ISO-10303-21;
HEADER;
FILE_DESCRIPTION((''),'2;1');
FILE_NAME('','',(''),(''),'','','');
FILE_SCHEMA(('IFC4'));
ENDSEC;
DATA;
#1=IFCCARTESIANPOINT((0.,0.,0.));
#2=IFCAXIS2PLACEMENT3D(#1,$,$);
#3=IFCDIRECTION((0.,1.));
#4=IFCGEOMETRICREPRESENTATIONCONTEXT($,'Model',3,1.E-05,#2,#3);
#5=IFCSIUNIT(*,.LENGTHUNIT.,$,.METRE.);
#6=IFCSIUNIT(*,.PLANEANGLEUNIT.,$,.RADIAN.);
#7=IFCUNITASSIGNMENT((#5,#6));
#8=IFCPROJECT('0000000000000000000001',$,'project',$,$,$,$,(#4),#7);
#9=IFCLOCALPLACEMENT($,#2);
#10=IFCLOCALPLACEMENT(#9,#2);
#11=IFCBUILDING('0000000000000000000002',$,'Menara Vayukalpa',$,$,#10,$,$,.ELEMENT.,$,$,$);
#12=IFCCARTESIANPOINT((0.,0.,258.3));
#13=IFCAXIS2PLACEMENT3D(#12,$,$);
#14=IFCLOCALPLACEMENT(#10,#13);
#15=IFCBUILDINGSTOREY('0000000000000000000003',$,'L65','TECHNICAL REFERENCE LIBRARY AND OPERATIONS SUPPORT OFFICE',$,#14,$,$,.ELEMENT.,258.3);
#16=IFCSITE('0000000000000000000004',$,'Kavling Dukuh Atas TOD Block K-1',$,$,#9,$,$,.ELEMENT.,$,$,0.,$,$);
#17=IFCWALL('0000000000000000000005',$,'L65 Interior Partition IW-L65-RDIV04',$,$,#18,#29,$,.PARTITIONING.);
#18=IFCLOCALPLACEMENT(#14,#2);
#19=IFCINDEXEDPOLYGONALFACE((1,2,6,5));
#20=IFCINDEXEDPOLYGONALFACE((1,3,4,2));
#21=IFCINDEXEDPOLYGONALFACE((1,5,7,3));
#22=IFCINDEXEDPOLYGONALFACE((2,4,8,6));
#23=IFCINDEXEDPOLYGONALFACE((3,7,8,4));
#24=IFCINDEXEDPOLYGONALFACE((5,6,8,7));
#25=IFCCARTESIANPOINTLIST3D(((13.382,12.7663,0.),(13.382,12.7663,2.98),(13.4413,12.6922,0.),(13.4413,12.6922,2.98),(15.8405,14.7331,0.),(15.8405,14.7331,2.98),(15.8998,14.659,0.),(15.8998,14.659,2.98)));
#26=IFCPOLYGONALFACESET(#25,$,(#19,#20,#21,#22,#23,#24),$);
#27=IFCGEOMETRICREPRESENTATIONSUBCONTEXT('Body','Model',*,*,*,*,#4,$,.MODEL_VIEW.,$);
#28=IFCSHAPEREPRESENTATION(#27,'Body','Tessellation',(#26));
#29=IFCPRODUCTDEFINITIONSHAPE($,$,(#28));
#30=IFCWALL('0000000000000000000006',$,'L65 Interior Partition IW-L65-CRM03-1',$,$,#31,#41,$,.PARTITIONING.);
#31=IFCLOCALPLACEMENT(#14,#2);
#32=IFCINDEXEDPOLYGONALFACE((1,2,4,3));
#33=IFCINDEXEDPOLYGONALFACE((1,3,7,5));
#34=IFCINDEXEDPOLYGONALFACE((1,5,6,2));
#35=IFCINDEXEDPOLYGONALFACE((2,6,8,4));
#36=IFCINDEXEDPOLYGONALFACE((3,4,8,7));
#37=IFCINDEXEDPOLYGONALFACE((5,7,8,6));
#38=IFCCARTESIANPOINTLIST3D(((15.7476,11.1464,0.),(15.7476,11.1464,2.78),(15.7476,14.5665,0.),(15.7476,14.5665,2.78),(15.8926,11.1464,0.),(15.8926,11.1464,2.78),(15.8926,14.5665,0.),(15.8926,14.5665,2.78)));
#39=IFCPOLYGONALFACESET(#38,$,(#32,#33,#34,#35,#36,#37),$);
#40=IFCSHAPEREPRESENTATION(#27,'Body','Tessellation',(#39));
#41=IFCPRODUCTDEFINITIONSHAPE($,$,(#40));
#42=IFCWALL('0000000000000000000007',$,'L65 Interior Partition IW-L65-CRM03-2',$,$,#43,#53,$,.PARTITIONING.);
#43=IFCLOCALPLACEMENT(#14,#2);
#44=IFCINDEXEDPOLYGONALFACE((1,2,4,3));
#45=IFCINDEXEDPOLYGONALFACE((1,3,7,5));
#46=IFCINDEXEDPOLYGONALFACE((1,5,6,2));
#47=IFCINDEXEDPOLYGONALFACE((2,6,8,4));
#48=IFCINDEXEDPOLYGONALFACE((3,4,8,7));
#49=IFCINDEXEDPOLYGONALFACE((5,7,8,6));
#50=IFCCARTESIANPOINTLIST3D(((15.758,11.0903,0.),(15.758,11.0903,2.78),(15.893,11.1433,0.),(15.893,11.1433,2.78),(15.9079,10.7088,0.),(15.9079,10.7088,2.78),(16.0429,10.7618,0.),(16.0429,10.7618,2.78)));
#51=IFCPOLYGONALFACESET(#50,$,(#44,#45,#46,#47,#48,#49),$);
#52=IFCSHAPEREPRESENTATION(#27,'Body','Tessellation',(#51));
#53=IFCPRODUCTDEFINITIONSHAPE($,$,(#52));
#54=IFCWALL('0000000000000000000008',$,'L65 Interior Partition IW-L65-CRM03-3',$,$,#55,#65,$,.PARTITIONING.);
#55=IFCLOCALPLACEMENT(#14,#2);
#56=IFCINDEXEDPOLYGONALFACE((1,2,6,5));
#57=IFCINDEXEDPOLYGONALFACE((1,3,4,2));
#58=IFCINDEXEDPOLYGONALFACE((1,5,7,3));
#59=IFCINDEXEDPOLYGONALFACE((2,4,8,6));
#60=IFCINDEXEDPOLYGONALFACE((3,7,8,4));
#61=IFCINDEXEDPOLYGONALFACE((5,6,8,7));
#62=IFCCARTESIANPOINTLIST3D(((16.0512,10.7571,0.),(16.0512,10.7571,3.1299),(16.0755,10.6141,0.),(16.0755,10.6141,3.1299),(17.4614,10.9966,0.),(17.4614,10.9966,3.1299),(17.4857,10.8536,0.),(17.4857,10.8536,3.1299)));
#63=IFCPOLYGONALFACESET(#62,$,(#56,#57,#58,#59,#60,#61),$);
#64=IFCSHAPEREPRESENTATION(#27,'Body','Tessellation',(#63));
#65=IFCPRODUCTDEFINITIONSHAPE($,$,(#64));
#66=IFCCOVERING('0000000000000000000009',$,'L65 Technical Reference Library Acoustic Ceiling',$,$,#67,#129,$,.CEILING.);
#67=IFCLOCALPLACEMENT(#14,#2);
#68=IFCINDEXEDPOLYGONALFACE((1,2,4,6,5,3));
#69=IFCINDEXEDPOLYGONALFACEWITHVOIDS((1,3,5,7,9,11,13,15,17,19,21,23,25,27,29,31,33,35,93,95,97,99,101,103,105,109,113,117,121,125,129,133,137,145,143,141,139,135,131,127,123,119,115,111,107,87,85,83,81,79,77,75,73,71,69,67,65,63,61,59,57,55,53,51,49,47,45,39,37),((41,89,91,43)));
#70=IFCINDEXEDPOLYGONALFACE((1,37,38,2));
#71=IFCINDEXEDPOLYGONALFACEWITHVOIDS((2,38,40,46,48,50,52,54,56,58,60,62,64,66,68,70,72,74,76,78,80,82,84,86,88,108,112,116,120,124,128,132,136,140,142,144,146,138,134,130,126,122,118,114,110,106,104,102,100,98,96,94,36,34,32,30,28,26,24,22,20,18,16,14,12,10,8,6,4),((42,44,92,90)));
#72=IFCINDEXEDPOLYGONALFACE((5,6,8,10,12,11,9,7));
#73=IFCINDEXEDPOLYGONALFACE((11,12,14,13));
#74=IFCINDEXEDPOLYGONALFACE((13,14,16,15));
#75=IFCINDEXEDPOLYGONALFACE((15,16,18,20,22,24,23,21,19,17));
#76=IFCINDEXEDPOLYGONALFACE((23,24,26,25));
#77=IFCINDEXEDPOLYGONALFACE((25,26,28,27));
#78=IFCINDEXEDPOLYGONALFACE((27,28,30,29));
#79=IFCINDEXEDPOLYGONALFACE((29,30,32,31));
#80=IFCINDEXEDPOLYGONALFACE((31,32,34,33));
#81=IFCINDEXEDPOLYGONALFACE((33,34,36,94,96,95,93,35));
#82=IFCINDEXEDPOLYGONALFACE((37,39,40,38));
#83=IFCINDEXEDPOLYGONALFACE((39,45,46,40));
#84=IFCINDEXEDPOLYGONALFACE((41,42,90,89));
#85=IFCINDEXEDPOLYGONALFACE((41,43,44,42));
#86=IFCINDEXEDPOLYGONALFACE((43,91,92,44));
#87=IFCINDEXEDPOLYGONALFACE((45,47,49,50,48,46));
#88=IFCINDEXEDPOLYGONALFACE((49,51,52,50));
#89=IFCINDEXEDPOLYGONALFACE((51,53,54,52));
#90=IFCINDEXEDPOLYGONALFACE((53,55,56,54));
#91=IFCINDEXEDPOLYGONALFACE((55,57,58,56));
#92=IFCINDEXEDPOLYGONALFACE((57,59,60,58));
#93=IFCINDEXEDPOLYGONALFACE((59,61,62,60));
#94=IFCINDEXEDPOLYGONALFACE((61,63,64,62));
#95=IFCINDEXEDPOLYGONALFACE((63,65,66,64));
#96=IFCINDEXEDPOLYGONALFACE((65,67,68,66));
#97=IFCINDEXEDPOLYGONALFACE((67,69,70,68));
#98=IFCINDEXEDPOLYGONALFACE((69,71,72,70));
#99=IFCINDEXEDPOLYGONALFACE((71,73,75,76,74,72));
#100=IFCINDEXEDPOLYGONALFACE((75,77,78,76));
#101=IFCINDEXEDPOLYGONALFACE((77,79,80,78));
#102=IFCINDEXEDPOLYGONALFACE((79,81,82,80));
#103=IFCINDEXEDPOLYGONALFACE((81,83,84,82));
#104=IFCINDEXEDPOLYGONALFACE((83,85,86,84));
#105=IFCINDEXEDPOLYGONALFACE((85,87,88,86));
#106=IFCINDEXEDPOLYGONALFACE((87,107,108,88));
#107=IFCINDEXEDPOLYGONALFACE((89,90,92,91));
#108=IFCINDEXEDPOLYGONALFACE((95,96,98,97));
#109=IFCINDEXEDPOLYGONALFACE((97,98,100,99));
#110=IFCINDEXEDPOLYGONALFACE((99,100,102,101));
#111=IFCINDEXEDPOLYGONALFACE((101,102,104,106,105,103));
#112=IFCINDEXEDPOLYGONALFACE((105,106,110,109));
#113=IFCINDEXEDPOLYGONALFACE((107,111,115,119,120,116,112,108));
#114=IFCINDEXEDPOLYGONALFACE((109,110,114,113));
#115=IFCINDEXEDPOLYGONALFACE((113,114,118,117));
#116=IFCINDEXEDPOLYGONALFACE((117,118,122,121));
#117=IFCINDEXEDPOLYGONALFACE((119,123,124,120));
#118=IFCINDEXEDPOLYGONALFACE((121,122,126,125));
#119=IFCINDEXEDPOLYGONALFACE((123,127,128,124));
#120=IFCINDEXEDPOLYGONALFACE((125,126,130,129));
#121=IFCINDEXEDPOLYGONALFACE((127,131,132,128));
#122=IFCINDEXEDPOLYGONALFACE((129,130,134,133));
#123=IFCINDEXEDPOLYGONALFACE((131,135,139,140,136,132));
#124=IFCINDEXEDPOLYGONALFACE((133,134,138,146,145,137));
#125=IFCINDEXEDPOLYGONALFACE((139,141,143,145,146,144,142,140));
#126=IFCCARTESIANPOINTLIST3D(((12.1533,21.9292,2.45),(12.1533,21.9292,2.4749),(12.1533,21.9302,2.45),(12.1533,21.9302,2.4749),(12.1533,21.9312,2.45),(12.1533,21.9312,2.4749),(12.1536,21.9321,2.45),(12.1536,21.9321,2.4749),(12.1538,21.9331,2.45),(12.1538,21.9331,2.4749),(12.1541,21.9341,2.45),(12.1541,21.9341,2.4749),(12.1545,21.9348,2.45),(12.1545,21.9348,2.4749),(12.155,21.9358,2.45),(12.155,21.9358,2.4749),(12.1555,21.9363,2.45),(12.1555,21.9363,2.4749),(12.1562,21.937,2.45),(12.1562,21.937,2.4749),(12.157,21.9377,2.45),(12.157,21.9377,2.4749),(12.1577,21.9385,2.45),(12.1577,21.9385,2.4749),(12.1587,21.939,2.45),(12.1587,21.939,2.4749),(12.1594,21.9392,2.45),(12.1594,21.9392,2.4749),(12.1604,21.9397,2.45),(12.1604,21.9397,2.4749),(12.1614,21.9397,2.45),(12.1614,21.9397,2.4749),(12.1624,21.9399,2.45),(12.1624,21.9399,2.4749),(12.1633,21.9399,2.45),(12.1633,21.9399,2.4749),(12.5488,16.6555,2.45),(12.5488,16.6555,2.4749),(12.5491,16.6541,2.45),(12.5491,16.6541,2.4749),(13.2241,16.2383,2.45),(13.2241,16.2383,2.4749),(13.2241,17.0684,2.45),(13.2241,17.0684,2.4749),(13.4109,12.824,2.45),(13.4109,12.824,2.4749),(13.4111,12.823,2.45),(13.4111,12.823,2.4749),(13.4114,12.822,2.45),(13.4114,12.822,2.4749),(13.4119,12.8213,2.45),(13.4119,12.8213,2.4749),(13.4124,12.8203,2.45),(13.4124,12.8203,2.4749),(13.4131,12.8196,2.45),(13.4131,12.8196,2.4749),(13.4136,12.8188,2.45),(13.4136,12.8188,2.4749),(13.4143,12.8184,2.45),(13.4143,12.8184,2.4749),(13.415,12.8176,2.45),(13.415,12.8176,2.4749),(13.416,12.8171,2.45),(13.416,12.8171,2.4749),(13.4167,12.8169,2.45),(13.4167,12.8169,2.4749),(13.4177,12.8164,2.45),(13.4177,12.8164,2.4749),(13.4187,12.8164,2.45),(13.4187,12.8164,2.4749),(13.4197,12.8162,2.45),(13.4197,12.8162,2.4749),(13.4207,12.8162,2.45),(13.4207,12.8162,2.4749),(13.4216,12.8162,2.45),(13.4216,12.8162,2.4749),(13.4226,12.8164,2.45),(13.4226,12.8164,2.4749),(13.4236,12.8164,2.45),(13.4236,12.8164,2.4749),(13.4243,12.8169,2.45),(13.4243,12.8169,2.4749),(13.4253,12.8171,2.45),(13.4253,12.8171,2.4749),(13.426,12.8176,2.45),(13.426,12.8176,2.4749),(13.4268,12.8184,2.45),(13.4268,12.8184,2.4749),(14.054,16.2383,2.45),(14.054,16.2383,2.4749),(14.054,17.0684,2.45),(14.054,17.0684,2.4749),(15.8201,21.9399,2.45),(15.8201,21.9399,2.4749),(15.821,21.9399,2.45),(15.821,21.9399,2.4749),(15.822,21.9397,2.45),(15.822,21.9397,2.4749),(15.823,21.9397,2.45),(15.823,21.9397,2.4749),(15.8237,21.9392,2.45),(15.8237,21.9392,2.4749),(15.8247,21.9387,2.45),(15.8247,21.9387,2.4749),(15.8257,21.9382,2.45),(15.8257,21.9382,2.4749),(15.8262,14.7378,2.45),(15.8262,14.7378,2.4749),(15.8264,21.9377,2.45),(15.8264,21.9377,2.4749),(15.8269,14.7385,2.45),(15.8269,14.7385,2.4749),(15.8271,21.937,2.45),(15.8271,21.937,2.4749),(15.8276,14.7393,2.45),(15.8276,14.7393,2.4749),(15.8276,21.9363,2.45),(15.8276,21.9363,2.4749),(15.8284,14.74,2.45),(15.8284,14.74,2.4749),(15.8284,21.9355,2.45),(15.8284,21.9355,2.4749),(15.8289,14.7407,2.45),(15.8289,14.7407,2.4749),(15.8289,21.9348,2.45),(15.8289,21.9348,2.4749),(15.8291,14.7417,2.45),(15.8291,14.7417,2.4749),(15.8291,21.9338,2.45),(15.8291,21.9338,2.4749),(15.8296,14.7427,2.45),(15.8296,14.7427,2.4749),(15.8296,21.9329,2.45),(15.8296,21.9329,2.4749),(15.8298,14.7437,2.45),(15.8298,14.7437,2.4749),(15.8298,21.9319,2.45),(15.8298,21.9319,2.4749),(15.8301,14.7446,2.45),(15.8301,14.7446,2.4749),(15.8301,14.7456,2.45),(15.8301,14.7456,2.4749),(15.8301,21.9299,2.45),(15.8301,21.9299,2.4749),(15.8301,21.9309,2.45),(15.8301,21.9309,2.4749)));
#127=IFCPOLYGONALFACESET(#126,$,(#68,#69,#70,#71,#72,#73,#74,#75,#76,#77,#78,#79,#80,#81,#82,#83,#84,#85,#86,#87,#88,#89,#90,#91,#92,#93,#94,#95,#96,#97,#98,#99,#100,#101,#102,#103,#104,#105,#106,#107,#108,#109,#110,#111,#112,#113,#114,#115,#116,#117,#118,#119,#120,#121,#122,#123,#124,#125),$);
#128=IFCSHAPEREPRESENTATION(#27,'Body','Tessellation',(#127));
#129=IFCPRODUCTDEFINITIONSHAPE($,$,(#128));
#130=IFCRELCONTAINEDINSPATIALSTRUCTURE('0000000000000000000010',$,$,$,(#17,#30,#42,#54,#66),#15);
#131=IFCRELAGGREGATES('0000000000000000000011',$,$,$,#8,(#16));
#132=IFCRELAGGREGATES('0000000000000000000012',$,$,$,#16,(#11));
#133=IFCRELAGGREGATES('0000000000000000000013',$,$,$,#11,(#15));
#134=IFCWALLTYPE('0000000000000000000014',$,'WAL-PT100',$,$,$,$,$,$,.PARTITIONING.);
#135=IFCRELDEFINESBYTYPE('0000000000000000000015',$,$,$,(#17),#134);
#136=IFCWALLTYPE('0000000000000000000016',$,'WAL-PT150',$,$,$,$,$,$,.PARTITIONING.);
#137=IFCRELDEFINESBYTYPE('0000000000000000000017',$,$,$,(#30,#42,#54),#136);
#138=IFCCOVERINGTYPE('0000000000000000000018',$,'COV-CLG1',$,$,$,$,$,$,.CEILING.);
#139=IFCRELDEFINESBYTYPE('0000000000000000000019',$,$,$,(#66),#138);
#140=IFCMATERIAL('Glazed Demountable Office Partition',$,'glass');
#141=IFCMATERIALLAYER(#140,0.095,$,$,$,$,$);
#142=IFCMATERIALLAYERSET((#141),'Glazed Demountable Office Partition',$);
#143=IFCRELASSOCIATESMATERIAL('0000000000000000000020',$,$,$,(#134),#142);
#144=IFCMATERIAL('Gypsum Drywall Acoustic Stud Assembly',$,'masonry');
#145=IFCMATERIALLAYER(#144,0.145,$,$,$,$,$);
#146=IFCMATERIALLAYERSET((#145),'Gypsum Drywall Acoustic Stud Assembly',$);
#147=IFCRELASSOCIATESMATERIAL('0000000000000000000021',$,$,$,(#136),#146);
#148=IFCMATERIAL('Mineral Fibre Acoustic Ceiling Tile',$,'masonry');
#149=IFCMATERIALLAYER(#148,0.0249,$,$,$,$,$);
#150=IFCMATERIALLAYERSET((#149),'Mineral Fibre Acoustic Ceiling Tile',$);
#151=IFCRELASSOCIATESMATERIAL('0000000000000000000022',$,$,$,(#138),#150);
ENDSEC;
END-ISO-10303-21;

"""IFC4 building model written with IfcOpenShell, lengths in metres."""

from ifc_helpers import new_model, si_unit, direction, frame, frame_2d, origin, place, context, subcontext, project, spatial, polyline, rectangle, outline, extrude, material, layer, layer_set, type_object, element, save


model = new_model("IFC4")

# Units and contexts
model_context = context("Model", 3, precision=1e-05, world=origin(), true_north=direction((0.0, 1.0)))
body_context = subcontext(model_context, "Body", "Model", "MODEL_VIEW")
ifc_project = project(units=[si_unit("LENGTHUNIT", "METRE"), si_unit("PLANEANGLEUNIT", "RADIAN")], contexts=[model_context])

# Site, building, storey
site_placement = place(None, origin())
site = spatial("IfcSite", under=ifc_project, at=site_placement, Name="Kavling Dukuh Atas TOD Block K-1", CompositionType="ELEMENT", RefElevation=0.0)
building_placement = place(site_placement, origin())
building = spatial("IfcBuilding", under=site, at=building_placement, Name="Menara Vayukalpa", CompositionType="ELEMENT")
storey_placement = place(building_placement, frame((0.0, 0.0, 258.3)))
storey = spatial("IfcBuildingStorey", under=building, at=storey_placement, Name="L65", Description="TECHNICAL REFERENCE LIBRARY AND OPERATIONS SUPPORT OFFICE", CompositionType="ELEMENT", Elevation=258.3)

# Walls
ifc_material_1 = material(Name="Glazed Demountable Office Partition", Category="glass")
ifc_layer_1 = layer(ifc_material_1, 0.095)
ifc_layer_set_1 = layer_set([ifc_layer_1], Name="Glazed Demountable Office Partition")
wall_type_1 = type_object("IfcWallType", Name="WAL-PT100", PredefinedType="PARTITIONING", material=ifc_layer_set_1)
wall_1_placement = place(storey_placement, frame((13.4116, 12.7292, 0.0), z_axis=(0.0, 0.0, 1.0), x_axis=(0.780869, 0.624695, 0.0)))
element("IfcWall", 1, at=wall_1_placement, inside=storey, type_object=wall_type_1, Name="L65 Interior Partition IW-L65-RDIV04", PredefinedType="PARTITIONING", context=body_context, shape_type="SweptSolid", body=[
    extrude(rectangle(XDim=3.1484, YDim=0.095, at=frame_2d((1.5742, 0.0))), origin(), (0.0, 0.0, 1.0), 2.98),
])
ifc_material_2 = material(Name="Gypsum Drywall Acoustic Stud Assembly", Category="masonry")
ifc_layer_2 = layer(ifc_material_2, 0.145)
ifc_layer_set_2 = layer_set([ifc_layer_2], Name="Gypsum Drywall Acoustic Stud Assembly")
wall_type_2 = type_object("IfcWallType", Name="WAL-PT150", PredefinedType="PARTITIONING", material=ifc_layer_set_2)
wall_2_placement = place(storey_placement, frame((15.8201, 14.5664, 0.0), z_axis=(0.0, 0.0, 1.0), x_axis=(0.0, -1.0, 0.0)))
element("IfcWall", 2, at=wall_2_placement, inside=storey, type_object=wall_type_2, Name="L65 Interior Partition IW-L65-CRM03-1", PredefinedType="PARTITIONING", context=body_context, shape_type="SweptSolid", body=[
    extrude(rectangle(XDim=3.4202, YDim=0.145, at=frame_2d((1.71, 0.0))), origin(), (0.0, 0.0, 1.0), 2.78),
])
wall_3_placement = place(storey_placement, frame((15.8254, 11.1169, 0.0), z_axis=(0.0, 0.0, 1.0), x_axis=(0.365634, -0.930759, 0.0)))
element("IfcWall", 3, at=wall_3_placement, inside=storey, type_object=wall_type_2, Name="L65 Interior Partition IW-L65-CRM03-2", PredefinedType="PARTITIONING", context=body_context, shape_type="SweptSolid", body=[
    extrude(rectangle(XDim=0.4099, YDim=0.145, at=frame_2d((0.2051, 0.0))), origin(), (0.0, 0.0, 1.0), 2.78),
])
wall_4_placement = place(storey_placement, frame((16.0632, 10.6855, 0.0), z_axis=(0.0, 0.0, 1.0), x_axis=(0.985882, 0.167443, 0.0)))
element("IfcWall", 4, at=wall_4_placement, inside=storey, type_object=wall_type_2, Name="L65 Interior Partition IW-L65-CRM03-3", PredefinedType="PARTITIONING", context=body_context, shape_type="SweptSolid", body=[
    extrude(rectangle(XDim=1.4304, YDim=0.145, at=frame_2d((0.7153, 0.0))), origin(), (0.0, 0.0, 1.0), 3.1299),
])

# Covering
ifc_material_3 = material(Name="Mineral Fibre Acoustic Ceiling Tile", Category="masonry")
ifc_layer_3 = layer(ifc_material_3, 0.0249)
ifc_layer_set_3 = layer_set([ifc_layer_3], Name="Mineral Fibre Acoustic Ceiling Tile")
covering_type_1 = type_object("IfcCoveringType", Name="COV-CLG1", PredefinedType="CEILING", material=ifc_layer_set_3)
covering_1_placement = place(storey_placement, frame((0.0, 0.0, 2.45)))
element("IfcCovering", 5, at=covering_1_placement, inside=storey, type_object=covering_type_1, Name="L65 Technical Reference Library Acoustic Ceiling", PredefinedType="CEILING", context=body_context, shape_type="SweptSolid", body=[
    extrude(outline(polyline([(12.1533, 21.9292), (12.1533, 21.9302), (12.1533, 21.9312), (12.1536, 21.9321), (12.1538, 21.9331), (12.1541, 21.9341), (12.1545, 21.9348), (12.155, 21.9358), (12.1555, 21.9363), (12.1562, 21.937), (12.157, 21.9377), (12.1577, 21.9385), (12.1587, 21.939), (12.1594, 21.9392), (12.1604, 21.9397), (12.1614, 21.9397), (12.1624, 21.9399), (12.1633, 21.9399), (15.8201, 21.9399), (15.821, 21.9399), (15.822, 21.9397), (15.823, 21.9397), (15.8237, 21.9392), (15.8247, 21.9387), (15.8257, 21.9382), (15.8264, 21.9377), (15.8271, 21.937), (15.8276, 21.9363), (15.8284, 21.9355), (15.8289, 21.9348), (15.8291, 21.9338), (15.8296, 21.9329), (15.8298, 21.9319), (15.8301, 21.9309), (15.8301, 21.9299), (15.8301, 14.7456), (15.8301, 14.7446), (15.8298, 14.7437), (15.8296, 14.7427), (15.8291, 14.7417), (15.8289, 14.7407), (15.8284, 14.74), (15.8276, 14.7393), (15.8269, 14.7385), (15.8262, 14.7378), (13.4268, 12.8184), (13.426, 12.8176), (13.4253, 12.8171), (13.4243, 12.8169), (13.4236, 12.8164), (13.4226, 12.8164), (13.4216, 12.8162), (13.4207, 12.8162), (13.4197, 12.8162), (13.4187, 12.8164), (13.4177, 12.8164), (13.4167, 12.8169), (13.416, 12.8171), (13.415, 12.8176), (13.4143, 12.8184), (13.4136, 12.8188), (13.4131, 12.8196), (13.4124, 12.8203), (13.4119, 12.8213), (13.4114, 12.822), (13.4111, 12.823), (13.4109, 12.824), (12.5491, 16.6541), (12.5488, 16.6555), (12.1533, 21.9292)]), holes=[polyline([(14.054, 17.0684), (13.2241, 17.0684), (13.2241, 16.2383), (14.054, 16.2383), (14.054, 17.0684)])]), origin(), (0.0, 0.0, 1.0), 0.0249),
])

save(model, "model.ifc")
